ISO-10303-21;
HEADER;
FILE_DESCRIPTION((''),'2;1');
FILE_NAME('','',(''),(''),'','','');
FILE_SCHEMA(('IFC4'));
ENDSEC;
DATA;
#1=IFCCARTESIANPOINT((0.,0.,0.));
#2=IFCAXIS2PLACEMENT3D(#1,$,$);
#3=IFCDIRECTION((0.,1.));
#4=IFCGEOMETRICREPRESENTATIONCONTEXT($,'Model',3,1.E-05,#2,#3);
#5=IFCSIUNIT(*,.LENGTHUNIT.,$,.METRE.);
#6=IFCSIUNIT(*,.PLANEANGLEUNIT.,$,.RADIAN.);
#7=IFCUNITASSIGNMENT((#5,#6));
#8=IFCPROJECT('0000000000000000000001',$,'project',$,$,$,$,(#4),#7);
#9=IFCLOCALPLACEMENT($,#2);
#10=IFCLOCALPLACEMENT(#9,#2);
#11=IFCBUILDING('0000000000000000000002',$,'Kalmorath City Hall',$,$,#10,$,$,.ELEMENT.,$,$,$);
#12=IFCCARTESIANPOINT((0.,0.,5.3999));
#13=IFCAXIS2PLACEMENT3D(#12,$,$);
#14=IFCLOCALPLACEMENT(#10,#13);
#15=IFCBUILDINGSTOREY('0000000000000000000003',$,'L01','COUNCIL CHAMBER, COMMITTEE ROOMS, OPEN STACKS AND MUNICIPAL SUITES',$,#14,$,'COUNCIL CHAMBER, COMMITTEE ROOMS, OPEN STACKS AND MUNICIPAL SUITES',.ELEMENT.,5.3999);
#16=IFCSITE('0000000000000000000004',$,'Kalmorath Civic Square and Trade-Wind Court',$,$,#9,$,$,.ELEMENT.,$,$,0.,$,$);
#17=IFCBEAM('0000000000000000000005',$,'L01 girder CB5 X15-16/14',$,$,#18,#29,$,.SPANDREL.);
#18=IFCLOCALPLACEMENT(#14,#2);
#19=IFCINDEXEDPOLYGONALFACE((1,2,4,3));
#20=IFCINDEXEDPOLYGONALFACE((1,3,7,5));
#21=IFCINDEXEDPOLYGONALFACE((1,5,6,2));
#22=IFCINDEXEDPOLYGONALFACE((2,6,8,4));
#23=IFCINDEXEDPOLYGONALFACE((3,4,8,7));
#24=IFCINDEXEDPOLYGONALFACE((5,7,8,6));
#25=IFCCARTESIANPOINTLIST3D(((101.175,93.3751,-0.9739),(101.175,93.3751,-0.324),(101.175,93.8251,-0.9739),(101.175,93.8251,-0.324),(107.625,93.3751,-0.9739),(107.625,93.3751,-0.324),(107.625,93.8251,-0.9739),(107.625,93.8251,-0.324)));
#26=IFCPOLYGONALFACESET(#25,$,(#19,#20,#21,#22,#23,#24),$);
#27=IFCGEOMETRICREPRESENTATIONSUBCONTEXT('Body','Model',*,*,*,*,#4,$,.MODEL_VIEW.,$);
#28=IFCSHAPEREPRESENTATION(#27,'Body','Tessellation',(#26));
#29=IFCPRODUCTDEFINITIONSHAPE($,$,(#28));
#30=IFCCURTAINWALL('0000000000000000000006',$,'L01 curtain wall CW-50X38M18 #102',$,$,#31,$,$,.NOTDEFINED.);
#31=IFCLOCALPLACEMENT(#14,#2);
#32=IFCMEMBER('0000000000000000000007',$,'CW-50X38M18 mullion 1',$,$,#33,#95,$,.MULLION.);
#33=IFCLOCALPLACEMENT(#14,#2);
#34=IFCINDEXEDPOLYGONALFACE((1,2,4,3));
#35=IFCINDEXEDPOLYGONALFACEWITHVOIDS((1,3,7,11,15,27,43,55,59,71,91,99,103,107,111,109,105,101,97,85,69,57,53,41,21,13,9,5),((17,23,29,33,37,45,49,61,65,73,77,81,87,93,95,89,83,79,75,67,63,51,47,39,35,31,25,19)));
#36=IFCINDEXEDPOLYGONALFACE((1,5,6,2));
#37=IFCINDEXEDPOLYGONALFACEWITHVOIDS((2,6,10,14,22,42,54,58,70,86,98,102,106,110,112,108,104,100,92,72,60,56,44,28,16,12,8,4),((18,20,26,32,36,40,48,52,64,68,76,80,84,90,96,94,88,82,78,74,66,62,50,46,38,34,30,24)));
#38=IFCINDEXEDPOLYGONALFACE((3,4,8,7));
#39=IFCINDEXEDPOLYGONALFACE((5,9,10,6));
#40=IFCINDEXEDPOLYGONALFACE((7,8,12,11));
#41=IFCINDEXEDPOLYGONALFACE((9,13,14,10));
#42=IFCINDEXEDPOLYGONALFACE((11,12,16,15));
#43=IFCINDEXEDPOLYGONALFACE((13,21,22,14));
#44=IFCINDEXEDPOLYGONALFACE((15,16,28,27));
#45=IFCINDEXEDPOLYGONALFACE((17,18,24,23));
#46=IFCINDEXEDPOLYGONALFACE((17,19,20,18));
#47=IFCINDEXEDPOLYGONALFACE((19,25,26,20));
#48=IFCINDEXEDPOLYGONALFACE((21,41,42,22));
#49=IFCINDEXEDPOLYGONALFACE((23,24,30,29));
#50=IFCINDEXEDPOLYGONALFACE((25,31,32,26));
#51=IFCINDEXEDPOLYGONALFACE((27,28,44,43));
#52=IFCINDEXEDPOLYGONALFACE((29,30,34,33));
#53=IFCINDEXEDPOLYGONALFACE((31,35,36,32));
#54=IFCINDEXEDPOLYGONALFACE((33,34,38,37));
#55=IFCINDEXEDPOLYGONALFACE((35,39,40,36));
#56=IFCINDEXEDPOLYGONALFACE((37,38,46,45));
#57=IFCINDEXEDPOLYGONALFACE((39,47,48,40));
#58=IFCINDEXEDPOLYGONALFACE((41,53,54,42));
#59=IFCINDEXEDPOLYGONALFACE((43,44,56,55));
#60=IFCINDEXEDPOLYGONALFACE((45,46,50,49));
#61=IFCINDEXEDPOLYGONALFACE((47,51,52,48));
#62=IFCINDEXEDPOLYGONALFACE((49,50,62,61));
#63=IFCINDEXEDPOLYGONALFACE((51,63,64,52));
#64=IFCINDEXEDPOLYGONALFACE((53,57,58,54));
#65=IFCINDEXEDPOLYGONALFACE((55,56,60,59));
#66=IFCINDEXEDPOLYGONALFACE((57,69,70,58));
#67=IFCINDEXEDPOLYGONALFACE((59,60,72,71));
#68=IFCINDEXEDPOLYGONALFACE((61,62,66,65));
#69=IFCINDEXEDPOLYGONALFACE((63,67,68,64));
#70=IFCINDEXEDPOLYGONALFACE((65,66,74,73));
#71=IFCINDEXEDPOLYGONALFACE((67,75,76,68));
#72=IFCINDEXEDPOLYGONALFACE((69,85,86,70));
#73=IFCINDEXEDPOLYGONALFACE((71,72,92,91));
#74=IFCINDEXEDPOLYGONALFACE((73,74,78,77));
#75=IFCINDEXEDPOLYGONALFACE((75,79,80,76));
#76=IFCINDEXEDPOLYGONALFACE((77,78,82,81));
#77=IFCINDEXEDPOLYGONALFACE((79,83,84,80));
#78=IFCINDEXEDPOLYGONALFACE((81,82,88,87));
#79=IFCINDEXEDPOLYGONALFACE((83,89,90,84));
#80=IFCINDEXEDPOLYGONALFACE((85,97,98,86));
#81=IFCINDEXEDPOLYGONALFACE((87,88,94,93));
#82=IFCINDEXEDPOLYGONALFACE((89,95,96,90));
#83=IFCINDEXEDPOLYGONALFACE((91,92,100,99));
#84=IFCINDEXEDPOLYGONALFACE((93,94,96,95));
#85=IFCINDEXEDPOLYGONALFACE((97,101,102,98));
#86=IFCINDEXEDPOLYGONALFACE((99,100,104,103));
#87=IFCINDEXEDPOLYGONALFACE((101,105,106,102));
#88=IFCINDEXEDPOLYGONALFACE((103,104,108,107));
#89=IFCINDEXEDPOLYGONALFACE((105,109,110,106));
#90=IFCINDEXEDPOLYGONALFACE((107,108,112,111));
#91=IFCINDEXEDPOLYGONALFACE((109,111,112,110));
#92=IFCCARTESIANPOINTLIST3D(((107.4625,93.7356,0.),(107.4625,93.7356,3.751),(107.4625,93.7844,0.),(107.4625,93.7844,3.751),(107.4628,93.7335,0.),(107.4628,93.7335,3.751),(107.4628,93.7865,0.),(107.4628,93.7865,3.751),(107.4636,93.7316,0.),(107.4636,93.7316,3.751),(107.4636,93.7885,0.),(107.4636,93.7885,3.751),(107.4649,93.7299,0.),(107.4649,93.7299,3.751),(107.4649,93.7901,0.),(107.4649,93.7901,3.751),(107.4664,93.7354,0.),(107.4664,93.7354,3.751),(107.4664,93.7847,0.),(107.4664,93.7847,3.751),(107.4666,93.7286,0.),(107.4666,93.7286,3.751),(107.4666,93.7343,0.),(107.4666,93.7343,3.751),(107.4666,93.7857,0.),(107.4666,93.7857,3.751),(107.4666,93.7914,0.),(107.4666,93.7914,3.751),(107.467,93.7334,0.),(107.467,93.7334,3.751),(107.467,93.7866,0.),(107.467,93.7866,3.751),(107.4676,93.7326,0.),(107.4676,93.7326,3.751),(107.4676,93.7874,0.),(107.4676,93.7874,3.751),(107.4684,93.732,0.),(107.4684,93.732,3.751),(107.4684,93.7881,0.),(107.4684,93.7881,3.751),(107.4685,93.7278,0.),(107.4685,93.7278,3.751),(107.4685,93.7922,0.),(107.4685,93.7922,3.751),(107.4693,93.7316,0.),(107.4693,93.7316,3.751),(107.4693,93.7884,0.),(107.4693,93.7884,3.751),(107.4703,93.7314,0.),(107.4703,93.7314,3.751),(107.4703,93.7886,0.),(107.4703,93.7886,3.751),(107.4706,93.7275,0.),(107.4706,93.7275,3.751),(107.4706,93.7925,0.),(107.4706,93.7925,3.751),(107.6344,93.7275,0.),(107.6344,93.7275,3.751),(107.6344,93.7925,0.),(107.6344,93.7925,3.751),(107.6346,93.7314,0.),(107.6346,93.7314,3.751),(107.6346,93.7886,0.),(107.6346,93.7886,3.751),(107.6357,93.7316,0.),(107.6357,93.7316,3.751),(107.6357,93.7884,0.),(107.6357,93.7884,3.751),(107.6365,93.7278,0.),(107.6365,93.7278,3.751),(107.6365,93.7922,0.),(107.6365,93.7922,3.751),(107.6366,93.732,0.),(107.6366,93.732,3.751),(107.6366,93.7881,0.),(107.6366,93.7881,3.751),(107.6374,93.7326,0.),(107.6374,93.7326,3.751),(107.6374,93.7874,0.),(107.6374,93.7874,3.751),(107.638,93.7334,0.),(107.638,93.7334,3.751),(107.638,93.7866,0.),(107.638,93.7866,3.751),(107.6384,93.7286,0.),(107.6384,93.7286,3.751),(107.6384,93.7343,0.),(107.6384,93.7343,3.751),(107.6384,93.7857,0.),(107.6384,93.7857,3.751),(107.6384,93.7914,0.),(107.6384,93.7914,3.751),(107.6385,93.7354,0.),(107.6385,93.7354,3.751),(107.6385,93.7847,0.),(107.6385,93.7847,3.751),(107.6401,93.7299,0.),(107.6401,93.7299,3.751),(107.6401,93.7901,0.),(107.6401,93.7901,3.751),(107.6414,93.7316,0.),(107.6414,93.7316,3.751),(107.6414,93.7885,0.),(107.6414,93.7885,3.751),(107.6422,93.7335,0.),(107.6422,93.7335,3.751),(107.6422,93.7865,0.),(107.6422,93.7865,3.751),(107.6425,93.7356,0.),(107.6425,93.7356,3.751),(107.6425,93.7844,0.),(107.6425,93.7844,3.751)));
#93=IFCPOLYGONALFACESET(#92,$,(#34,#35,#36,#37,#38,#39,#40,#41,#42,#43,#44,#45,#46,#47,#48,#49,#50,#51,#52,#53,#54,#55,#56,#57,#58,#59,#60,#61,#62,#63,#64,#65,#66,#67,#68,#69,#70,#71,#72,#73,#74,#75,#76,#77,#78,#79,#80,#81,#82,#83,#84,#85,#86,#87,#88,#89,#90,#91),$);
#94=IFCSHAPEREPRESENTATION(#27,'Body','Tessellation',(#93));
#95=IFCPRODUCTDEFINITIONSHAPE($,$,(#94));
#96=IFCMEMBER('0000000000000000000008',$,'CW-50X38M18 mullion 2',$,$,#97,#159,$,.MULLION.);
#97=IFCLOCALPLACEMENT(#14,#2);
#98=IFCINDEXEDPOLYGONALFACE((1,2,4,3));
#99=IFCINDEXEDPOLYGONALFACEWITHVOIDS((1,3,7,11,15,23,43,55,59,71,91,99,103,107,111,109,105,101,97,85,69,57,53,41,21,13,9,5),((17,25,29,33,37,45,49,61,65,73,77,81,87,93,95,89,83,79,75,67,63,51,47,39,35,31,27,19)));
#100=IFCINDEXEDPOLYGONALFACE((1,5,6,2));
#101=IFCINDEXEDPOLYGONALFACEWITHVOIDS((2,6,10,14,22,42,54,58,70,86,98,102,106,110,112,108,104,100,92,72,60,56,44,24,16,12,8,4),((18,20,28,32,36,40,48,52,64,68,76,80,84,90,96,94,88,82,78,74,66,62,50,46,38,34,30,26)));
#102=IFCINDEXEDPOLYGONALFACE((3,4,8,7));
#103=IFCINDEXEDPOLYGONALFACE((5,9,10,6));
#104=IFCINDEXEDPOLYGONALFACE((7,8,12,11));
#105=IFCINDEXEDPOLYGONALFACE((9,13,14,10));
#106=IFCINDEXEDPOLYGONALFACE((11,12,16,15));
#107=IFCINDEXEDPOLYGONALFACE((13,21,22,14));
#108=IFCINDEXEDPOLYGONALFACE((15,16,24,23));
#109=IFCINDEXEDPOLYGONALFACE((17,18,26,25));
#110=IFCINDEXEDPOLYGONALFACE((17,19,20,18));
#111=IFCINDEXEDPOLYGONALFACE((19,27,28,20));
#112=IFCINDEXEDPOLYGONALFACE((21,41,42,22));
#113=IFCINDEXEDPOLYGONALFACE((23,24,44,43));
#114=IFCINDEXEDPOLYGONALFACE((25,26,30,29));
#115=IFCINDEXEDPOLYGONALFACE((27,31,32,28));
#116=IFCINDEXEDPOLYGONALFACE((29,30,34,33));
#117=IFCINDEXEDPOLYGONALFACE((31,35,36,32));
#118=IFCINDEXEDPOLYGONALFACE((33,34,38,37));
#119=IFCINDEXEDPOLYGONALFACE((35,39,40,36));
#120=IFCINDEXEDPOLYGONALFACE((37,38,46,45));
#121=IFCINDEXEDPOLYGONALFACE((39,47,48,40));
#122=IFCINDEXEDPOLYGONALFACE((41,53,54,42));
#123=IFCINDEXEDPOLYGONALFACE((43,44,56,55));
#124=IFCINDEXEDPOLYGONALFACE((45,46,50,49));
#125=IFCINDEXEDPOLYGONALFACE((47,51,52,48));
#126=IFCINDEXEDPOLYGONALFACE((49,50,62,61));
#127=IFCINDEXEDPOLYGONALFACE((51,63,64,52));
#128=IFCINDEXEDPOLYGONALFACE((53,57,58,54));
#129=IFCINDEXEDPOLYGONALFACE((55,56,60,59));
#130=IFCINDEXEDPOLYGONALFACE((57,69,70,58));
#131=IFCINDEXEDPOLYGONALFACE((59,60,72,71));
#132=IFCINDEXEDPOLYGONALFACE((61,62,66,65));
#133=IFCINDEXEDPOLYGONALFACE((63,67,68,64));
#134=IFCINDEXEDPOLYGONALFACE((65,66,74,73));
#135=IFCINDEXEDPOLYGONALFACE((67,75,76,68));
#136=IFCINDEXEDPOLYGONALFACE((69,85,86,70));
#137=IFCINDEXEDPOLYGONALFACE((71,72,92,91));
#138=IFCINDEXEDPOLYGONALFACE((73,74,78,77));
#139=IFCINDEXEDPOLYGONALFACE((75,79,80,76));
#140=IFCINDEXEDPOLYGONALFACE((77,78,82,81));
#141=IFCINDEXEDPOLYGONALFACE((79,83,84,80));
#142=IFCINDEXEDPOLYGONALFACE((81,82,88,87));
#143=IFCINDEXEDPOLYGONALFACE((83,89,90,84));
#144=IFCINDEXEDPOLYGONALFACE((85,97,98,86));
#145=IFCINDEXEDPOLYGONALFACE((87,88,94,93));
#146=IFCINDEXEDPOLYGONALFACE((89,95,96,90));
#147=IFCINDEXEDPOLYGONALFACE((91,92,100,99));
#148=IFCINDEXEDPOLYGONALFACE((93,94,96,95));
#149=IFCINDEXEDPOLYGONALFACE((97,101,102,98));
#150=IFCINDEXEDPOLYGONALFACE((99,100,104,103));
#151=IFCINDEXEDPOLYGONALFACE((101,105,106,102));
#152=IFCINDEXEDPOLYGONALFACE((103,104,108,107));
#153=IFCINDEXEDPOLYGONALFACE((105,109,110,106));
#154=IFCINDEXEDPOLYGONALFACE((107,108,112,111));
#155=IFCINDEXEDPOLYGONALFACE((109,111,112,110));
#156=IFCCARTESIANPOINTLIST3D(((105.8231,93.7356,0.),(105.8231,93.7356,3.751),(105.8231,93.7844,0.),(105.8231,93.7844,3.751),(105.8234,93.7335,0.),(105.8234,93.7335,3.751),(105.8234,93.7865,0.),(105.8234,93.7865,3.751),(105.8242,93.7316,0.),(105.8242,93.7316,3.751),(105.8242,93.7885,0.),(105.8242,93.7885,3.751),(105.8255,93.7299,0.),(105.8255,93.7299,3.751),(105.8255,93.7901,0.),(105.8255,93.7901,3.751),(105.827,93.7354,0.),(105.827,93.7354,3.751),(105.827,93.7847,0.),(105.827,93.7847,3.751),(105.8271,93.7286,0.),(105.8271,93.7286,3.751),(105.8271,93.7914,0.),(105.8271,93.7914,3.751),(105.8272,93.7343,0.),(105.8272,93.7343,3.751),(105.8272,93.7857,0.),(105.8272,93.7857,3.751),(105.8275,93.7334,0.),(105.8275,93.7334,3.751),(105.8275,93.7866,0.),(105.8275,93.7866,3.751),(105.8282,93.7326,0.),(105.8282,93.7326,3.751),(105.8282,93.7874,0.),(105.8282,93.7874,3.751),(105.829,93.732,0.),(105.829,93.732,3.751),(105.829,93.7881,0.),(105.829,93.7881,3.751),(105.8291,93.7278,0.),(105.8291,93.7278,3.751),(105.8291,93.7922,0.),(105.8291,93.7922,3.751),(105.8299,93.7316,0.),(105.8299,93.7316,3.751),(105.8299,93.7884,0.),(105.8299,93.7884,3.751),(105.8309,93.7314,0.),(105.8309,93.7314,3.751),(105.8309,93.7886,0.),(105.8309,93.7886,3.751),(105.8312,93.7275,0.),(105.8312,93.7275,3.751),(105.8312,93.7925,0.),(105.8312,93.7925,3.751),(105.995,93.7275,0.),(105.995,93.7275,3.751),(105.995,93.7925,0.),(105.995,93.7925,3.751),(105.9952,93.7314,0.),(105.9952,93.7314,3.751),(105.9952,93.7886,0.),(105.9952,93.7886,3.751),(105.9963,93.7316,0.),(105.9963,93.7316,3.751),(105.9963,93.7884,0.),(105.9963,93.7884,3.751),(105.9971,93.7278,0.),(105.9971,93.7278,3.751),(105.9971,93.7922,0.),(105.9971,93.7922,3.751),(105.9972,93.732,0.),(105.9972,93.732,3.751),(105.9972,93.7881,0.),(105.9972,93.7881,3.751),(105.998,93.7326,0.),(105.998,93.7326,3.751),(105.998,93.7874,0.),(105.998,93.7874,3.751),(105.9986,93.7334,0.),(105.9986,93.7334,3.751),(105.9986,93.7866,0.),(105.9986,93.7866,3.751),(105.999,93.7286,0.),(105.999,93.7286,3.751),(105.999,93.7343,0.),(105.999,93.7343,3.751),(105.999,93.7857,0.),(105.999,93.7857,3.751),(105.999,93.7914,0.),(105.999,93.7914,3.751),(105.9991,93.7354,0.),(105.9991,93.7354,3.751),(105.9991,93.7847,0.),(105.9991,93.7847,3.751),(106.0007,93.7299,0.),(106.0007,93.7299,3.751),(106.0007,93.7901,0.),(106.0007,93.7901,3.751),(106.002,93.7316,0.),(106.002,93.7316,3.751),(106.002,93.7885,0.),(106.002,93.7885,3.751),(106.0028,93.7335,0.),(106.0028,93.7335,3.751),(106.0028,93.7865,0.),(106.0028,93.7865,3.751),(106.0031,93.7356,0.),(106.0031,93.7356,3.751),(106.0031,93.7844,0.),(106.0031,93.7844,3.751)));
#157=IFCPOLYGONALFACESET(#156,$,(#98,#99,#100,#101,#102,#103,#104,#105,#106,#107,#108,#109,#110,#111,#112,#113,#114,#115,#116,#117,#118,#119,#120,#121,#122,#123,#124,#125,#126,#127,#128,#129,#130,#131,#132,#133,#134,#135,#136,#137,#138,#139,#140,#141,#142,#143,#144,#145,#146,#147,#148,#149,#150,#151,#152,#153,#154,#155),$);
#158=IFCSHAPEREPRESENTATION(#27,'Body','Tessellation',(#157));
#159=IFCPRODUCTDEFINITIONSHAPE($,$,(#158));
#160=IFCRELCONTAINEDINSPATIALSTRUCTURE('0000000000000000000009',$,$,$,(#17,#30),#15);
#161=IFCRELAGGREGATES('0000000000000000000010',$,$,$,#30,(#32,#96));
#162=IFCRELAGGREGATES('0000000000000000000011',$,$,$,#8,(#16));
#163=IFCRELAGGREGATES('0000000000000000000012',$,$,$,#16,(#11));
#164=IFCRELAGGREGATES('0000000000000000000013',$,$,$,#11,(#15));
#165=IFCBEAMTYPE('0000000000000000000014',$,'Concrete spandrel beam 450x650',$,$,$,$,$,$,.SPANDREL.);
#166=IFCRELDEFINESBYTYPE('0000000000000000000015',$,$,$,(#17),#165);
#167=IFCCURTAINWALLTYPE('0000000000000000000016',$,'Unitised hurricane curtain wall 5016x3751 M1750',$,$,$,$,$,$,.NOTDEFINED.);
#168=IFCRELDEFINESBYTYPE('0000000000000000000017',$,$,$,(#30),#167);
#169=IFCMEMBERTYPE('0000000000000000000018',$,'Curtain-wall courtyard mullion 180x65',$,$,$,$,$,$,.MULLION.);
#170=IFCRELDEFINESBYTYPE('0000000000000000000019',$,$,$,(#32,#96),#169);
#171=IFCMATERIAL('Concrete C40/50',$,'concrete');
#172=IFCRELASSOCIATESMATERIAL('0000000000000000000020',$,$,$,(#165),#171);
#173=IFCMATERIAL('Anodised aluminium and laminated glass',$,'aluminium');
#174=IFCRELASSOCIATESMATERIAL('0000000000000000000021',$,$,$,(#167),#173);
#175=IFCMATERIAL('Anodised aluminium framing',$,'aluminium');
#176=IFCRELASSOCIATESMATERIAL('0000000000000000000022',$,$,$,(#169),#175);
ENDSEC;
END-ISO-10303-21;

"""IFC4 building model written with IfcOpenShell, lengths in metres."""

from ifc_helpers import new_model, si_unit, direction, frame, origin, origin_2d, place, context, subcontext, project, spatial, rectangle, hollow_rectangle, extrude, material, material_profile, profile_set, type_object, element, aggregate, save


model = new_model("IFC4")

# Units and contexts
model_context = context("Model", 3, precision=1e-05, world=origin(), true_north=direction((0.0, 1.0)))
body_context = subcontext(model_context, "Body", "Model", "MODEL_VIEW")
ifc_project = project(units=[si_unit("LENGTHUNIT", "METRE"), si_unit("PLANEANGLEUNIT", "RADIAN")], contexts=[model_context])

# Site, building, storey
site_placement = place(None, origin())
site = spatial("IfcSite", under=ifc_project, at=site_placement, Name="Kalmorath Civic Square and Trade-Wind Court", CompositionType="ELEMENT", RefElevation=0.0)
building_placement = place(site_placement, origin())
building = spatial("IfcBuilding", under=site, at=building_placement, Name="Kalmorath City Hall", CompositionType="ELEMENT")
storey_placement = place(building_placement, frame((0.0, 0.0, 5.3999)))
storey = spatial("IfcBuildingStorey", under=building, at=storey_placement, Name="L01", Description="COUNCIL CHAMBER, COMMITTEE ROOMS, OPEN STACKS AND MUNICIPAL SUITES", LongName="COUNCIL CHAMBER, COMMITTEE ROOMS, OPEN STACKS AND MUNICIPAL SUITES", CompositionType="ELEMENT", Elevation=5.3999)

# Beam
ifc_material_1 = material(Name="Concrete C40/50", Category="concrete")
ifc_material_profile_1 = material_profile(ifc_material_1, rectangle(XDim=0.45, YDim=0.6499, at=origin_2d()), Name="RC-BM-450X650")
ifc_profile_set_1 = profile_set([ifc_material_profile_1], Name="Concrete C40/50")
beam_type = type_object("IfcBeamType", Name="Concrete spandrel beam 450x650", PredefinedType="SPANDREL", material=ifc_profile_set_1)
beam_placement = place(storey_placement, frame((101.175, 93.6001, -0.6489), z_axis=(1.0, 0.0, 0.0), x_axis=(0.0, 1.0, 0.0)))
element("IfcBeam", 1, at=beam_placement, inside=storey, type_object=beam_type, Name="L01 girder CB5 X15-16/14", PredefinedType="SPANDREL", context=body_context, shape_type="SweptSolid", body=[
    extrude(rectangle(XDim=0.45, YDim=0.6499, at=origin_2d()), origin(), (0.0, 0.0, 1.0), 6.45),
])

# Curtain wall, members
ifc_material_2 = material(Name="Anodised aluminium and laminated glass", Category="aluminium")
curtain_wall_type = type_object("IfcCurtainWallType", Name="Unitised hurricane curtain wall 5016x3751 M1750", PredefinedType="NOTDEFINED", material=ifc_material_2)
curtain_wall_placement = place(storey_placement, origin())
curtain_wall = element("IfcCurtainWall", 2, at=curtain_wall_placement, inside=storey, type_object=curtain_wall_type, Name="L01 curtain wall CW-50X38M18 #102", PredefinedType="NOTDEFINED")
ifc_material_3 = material(Name="Anodised aluminium framing", Category="aluminium")
ifc_material_profile_2 = material_profile(ifc_material_3, hollow_rectangle(XDim=0.0649, YDim=0.1799, WallThickness=0.0039, InnerFilletRadius=0.0039, OuterFilletRadius=0.0081, at=origin_2d()), Name="ALU-MUL-180X65X4")
ifc_profile_set_2 = profile_set([ifc_material_profile_2], Name="Anodised aluminium framing")
member_type_1 = type_object("IfcMemberType", Name="Curtain-wall courtyard mullion 180x65", PredefinedType="MULLION", material=ifc_profile_set_2)
member_1_placement = place(storey_placement, frame((107.5525, 93.76, 0.0), z_axis=(0.0, 0.0, 1.0), x_axis=(0.0, -1.0, 0.0)))
member_1 = element("IfcMember", 3, at=member_1_placement, type_object=member_type_1, Name="CW-50X38M18 mullion 1", PredefinedType="MULLION", context=body_context, shape_type="SweptSolid", body=[
    extrude(hollow_rectangle(XDim=0.0649, YDim=0.1799, WallThickness=0.0039, InnerFilletRadius=0.0039, OuterFilletRadius=0.0081, at=origin_2d()), origin(), (0.0, 0.0, 1.0), 3.751),
])
member_2_placement = place(storey_placement, frame((105.9131, 93.76, 0.0), z_axis=(0.0, 0.0, 1.0), x_axis=(0.0, -1.0, 0.0)))
member_2 = element("IfcMember", 4, at=member_2_placement, type_object=member_type_1, Name="CW-50X38M18 mullion 2", PredefinedType="MULLION", context=body_context, shape_type="SweptSolid", body=[
    extrude(hollow_rectangle(XDim=0.0649, YDim=0.1799, WallThickness=0.0039, InnerFilletRadius=0.0039, OuterFilletRadius=0.0081, at=origin_2d()), origin(), (0.0, 0.0, 1.0), 3.751),
])
aggregate(curtain_wall, [member_1, member_2])

save(model, "model.ifc")
